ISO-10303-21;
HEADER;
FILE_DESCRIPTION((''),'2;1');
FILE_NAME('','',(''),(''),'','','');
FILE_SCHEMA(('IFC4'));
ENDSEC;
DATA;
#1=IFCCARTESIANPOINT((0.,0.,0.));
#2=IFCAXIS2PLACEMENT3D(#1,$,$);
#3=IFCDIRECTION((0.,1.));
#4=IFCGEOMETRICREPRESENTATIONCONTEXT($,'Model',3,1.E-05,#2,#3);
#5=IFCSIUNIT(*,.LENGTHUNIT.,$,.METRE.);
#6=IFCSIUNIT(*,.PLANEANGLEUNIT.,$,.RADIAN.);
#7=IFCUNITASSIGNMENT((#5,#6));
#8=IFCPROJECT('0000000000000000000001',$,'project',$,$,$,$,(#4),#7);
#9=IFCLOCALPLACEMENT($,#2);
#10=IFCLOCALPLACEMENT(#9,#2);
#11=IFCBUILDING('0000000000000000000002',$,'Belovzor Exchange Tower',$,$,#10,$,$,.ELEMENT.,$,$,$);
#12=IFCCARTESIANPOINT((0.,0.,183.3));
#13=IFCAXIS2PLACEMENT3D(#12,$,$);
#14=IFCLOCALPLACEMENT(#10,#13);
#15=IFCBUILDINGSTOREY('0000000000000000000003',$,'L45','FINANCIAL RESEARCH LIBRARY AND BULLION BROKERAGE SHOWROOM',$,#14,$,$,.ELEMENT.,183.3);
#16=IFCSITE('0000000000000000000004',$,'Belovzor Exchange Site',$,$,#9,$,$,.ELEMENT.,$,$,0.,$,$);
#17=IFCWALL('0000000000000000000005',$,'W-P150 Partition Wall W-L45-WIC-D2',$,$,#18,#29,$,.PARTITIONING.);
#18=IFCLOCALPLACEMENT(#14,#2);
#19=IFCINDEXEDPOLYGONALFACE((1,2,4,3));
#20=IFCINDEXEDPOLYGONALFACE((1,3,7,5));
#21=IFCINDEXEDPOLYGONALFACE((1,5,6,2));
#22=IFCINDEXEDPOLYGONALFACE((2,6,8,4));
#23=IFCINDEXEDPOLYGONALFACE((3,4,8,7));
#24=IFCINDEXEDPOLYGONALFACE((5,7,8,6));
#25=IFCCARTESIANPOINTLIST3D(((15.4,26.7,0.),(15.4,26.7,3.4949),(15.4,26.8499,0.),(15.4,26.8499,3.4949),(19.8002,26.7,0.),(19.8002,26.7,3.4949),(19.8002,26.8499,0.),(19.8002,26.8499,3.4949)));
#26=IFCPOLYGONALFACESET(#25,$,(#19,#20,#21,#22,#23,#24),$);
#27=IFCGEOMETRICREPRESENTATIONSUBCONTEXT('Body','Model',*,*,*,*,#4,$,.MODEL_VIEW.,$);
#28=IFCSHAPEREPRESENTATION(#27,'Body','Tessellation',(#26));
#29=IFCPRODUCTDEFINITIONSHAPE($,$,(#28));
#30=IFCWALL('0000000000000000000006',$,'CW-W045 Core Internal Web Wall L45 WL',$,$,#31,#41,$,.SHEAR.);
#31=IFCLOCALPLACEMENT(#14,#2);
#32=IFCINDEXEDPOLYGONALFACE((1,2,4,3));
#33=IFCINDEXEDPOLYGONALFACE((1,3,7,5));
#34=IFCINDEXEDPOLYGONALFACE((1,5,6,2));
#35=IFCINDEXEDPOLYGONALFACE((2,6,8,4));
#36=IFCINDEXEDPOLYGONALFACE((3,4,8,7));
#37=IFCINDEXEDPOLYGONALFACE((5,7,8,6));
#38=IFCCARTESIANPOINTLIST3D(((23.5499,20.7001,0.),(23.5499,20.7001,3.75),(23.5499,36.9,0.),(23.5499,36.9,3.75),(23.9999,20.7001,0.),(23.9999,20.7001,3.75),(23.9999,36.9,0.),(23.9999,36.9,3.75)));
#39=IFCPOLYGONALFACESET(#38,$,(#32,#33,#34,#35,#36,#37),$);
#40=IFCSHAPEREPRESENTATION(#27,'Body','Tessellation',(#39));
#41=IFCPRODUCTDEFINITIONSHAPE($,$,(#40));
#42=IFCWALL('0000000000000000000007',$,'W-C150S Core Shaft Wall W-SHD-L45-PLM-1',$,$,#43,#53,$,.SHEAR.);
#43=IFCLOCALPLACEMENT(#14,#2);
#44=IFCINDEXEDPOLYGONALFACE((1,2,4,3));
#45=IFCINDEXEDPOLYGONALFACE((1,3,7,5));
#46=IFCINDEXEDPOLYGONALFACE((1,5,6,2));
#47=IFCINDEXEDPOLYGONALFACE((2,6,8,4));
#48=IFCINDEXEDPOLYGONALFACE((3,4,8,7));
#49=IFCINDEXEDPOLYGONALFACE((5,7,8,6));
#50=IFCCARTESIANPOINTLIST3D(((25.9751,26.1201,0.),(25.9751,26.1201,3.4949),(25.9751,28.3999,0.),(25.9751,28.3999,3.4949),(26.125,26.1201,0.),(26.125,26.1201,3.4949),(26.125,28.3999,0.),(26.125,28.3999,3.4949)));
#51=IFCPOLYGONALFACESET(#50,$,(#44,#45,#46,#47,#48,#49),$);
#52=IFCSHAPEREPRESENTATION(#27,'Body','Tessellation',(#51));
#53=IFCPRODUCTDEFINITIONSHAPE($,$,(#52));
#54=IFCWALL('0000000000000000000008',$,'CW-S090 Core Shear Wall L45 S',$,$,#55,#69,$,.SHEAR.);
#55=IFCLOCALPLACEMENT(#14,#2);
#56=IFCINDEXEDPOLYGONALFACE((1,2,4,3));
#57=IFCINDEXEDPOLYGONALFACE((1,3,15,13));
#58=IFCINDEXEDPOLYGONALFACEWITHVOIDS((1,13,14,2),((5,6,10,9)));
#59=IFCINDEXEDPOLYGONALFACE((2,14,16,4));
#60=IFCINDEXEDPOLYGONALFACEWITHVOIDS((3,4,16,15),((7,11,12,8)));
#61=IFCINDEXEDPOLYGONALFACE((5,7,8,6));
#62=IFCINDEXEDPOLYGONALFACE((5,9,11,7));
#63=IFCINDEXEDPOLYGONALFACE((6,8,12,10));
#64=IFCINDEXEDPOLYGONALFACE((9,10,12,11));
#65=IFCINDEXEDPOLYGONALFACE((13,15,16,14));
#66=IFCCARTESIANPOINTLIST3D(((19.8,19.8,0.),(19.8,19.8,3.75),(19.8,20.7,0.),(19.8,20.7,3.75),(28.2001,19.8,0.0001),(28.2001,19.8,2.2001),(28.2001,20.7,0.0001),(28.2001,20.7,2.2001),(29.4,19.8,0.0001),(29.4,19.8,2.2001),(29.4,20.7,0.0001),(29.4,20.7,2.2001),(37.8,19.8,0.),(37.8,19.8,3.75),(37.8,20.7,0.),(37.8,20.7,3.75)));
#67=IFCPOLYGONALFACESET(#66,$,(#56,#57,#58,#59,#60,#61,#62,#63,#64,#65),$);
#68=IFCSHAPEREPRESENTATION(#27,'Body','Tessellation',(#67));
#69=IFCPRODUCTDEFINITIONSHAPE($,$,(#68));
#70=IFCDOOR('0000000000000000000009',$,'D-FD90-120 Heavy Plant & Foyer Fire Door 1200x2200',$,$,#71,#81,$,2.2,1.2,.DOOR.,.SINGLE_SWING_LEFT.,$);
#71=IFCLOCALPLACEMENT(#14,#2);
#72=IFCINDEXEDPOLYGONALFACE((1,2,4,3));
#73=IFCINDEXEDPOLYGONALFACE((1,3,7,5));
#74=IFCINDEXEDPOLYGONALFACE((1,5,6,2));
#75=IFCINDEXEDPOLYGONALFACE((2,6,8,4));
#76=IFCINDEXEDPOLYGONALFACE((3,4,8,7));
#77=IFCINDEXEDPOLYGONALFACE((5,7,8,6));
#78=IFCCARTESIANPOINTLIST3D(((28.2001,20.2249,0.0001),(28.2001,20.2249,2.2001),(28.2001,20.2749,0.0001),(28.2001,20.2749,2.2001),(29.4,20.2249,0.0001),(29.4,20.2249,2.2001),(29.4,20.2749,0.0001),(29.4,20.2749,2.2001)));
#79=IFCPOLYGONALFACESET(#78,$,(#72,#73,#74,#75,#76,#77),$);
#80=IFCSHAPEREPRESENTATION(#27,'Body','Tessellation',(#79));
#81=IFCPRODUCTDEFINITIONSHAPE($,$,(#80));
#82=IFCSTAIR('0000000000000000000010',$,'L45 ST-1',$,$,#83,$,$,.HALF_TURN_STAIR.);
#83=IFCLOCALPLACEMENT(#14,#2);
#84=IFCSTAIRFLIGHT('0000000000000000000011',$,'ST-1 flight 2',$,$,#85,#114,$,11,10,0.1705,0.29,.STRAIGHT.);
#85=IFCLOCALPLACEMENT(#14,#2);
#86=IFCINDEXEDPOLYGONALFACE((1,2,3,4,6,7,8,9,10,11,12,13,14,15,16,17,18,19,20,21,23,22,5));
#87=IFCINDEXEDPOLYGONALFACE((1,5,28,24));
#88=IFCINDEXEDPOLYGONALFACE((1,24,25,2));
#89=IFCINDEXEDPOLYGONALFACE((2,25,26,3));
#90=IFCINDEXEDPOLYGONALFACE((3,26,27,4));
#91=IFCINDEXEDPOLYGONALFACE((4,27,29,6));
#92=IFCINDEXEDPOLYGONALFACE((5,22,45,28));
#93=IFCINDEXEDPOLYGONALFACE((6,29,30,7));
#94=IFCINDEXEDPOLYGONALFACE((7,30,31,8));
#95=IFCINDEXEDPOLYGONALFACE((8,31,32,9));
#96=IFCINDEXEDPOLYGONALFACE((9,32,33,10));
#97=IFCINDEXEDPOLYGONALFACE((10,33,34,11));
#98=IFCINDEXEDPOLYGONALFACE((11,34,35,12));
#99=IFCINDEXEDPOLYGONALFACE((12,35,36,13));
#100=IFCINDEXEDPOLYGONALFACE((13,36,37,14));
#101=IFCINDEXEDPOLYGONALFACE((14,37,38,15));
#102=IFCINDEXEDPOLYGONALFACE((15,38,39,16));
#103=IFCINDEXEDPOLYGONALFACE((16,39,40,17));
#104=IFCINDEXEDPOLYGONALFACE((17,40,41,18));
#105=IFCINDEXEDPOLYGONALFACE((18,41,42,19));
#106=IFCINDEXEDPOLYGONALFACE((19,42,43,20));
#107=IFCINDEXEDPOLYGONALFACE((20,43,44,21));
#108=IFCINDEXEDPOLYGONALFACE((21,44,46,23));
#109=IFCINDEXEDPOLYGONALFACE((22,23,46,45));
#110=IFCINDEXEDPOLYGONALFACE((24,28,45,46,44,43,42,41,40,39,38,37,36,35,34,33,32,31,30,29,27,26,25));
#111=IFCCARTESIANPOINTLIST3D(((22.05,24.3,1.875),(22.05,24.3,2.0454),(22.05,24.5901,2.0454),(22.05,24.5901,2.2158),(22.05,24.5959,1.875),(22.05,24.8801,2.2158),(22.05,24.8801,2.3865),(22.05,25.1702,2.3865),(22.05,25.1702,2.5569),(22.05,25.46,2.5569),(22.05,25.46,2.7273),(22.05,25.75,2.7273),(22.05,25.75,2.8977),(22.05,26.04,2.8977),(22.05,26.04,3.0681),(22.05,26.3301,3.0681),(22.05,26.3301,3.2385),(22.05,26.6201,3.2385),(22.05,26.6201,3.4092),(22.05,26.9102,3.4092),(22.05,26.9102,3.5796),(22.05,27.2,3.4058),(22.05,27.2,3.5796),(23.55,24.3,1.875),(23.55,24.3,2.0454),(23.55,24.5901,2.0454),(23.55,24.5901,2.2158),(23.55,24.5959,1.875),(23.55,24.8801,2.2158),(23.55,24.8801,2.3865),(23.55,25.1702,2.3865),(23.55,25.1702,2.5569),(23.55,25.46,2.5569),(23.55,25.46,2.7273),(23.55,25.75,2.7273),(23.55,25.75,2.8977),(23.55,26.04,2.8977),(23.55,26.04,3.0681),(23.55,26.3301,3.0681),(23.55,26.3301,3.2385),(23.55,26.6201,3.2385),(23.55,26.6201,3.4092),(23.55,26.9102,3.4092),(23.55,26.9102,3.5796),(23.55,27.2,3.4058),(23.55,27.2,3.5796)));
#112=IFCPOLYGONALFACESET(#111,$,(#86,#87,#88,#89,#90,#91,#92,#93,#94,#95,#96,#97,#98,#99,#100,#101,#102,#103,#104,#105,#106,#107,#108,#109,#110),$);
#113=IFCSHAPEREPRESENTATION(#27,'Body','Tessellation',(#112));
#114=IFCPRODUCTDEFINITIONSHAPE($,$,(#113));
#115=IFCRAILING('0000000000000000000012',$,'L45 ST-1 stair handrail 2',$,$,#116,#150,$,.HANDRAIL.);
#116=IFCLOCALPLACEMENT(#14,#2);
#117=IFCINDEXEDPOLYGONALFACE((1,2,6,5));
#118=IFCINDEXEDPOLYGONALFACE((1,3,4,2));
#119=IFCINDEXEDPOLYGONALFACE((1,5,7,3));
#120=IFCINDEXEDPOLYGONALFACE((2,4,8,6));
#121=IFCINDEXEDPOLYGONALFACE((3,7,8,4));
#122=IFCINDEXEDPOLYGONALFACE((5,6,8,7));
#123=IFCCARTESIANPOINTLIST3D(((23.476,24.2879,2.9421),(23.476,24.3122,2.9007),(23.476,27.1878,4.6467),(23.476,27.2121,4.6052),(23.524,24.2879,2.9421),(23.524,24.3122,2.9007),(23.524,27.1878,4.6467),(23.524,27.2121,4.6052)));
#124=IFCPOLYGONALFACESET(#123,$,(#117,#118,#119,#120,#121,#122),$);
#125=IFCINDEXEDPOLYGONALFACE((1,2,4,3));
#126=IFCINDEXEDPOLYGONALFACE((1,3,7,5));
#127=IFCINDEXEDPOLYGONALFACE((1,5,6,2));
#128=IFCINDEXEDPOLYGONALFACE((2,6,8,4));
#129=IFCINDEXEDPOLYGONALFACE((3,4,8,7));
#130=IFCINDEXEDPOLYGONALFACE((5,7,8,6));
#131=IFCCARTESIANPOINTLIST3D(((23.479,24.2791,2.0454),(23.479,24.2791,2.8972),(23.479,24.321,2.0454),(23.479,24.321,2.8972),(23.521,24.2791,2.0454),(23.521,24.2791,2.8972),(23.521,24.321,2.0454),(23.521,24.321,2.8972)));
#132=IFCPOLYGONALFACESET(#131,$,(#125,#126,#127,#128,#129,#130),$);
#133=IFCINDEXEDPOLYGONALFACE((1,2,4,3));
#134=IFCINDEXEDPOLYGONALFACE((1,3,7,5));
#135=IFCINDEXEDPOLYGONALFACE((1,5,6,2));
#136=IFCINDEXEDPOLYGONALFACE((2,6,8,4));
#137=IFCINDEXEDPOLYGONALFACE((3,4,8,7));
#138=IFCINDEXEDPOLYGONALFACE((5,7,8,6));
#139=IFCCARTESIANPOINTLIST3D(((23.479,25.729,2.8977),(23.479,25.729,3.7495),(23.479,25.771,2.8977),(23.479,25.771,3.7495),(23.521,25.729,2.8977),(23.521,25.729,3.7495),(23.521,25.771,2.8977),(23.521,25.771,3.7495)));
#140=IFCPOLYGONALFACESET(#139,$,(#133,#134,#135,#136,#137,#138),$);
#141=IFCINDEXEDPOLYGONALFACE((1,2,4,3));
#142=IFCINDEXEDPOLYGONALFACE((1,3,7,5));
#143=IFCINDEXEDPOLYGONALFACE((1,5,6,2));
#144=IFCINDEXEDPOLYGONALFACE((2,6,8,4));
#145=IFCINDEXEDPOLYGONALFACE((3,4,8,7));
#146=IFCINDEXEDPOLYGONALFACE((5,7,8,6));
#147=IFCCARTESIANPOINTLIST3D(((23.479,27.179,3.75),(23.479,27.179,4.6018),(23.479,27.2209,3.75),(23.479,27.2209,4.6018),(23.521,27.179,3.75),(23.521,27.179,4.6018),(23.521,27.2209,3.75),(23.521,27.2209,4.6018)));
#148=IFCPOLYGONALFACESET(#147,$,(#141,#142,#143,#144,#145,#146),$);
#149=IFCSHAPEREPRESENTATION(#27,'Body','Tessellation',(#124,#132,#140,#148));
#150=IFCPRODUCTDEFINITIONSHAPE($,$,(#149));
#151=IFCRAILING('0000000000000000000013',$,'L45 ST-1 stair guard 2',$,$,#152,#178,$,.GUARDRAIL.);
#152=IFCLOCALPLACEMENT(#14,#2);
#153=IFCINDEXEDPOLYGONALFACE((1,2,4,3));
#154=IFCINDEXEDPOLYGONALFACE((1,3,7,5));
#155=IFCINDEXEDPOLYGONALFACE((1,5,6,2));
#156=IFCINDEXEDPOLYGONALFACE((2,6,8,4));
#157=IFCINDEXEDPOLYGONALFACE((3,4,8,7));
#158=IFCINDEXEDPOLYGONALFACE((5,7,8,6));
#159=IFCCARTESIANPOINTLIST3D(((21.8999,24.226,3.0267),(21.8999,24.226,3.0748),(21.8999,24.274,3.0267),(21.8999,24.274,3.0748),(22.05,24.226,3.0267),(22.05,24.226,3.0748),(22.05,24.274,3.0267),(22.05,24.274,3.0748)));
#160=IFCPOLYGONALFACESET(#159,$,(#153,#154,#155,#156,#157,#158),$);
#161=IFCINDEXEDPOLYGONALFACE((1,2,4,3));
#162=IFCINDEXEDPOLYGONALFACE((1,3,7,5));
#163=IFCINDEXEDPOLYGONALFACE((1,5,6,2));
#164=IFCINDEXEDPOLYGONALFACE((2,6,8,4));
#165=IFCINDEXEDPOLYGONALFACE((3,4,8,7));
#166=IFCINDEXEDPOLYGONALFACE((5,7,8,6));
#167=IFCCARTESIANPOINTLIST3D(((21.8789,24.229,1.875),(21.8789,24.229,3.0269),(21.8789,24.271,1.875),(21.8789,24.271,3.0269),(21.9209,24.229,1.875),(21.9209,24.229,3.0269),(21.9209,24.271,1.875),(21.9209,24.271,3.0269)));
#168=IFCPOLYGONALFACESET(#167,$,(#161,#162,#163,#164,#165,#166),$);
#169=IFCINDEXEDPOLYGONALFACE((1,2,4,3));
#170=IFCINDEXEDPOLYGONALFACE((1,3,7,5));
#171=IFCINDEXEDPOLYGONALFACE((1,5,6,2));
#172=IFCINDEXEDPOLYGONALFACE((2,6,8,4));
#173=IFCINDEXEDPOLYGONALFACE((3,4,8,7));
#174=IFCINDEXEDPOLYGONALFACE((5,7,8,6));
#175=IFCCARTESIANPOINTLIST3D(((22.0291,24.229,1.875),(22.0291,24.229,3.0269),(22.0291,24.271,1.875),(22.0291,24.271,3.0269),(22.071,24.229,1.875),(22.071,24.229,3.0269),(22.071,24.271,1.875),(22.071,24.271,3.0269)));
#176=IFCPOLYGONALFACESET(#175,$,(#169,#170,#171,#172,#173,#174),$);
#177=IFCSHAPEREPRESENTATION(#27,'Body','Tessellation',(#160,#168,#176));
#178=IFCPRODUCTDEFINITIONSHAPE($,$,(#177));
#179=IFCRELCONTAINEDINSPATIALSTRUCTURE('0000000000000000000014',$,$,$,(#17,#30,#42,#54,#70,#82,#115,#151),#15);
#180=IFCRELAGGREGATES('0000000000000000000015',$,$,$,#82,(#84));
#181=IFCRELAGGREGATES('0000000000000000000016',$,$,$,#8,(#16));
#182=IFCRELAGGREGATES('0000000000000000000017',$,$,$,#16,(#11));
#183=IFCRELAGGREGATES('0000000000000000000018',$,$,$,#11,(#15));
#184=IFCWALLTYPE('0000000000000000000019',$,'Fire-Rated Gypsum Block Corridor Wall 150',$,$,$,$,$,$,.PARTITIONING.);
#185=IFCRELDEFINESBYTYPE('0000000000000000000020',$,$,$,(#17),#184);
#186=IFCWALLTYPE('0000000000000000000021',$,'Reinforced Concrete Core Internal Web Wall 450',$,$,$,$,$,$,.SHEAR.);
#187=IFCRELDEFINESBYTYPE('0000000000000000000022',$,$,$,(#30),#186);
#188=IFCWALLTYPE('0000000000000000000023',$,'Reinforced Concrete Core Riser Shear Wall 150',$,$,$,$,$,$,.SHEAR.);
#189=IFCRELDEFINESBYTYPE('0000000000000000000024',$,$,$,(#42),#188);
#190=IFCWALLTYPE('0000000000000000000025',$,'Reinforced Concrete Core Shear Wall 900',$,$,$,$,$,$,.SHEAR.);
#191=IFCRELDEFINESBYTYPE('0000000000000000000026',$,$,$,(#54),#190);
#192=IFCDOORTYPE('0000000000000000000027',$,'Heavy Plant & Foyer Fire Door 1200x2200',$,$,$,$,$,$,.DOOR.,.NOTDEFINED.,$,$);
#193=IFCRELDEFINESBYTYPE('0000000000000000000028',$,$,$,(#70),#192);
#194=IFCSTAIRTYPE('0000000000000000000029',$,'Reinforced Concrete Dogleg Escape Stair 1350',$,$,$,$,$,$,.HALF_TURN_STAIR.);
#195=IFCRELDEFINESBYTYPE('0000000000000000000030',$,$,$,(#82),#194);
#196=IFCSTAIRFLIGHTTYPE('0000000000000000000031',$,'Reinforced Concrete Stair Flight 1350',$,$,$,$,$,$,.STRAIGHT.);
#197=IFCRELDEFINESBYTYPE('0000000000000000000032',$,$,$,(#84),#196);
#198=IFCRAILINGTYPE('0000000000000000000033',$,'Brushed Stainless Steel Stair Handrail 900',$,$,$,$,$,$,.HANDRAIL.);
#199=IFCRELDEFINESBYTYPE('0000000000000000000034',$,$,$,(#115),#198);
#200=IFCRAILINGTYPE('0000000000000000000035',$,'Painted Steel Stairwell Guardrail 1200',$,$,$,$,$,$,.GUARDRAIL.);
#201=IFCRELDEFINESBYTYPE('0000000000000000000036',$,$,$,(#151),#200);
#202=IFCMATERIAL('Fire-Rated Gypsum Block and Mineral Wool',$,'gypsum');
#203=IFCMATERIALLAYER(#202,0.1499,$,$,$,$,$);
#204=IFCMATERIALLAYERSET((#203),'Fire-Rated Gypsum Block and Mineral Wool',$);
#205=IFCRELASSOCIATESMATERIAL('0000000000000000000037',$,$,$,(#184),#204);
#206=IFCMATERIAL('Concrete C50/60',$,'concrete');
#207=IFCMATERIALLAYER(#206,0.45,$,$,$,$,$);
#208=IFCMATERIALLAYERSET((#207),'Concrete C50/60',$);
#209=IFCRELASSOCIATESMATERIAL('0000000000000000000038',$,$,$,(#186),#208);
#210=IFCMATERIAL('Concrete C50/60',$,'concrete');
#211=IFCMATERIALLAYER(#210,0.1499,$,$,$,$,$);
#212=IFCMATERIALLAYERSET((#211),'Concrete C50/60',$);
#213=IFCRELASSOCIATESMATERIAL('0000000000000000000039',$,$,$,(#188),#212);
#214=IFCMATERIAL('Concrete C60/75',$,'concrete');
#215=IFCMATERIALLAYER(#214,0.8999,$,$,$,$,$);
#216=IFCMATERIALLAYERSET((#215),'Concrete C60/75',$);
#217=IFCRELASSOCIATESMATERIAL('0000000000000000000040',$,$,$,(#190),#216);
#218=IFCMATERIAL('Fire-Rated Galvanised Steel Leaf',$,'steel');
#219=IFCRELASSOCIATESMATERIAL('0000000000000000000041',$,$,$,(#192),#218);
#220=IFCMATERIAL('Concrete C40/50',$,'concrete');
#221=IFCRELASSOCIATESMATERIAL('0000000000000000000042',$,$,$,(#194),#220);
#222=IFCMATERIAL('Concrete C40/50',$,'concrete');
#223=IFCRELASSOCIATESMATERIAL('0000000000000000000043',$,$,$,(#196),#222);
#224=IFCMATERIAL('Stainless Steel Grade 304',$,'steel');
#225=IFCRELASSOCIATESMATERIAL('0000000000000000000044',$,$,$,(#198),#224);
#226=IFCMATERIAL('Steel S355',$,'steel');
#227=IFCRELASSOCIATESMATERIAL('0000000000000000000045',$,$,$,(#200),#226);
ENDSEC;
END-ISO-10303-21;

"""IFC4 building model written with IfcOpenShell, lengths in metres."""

from ifc_helpers import new_model, si_unit, direction, frame, frame_2d, origin, origin_2d, place, context, subcontext, project, spatial, polyline, rectangle, outline, extrude, material, layer, layer_set, type_object, element, fill, aggregate, save


model = new_model("IFC4")

# Units and contexts
model_context = context("Model", 3, precision=1e-05, world=origin(), true_north=direction((0.0, 1.0)))
body_context = subcontext(model_context, "Body", "Model", "MODEL_VIEW")
ifc_project = project(units=[si_unit("LENGTHUNIT", "METRE"), si_unit("PLANEANGLEUNIT", "RADIAN")], contexts=[model_context])

# Site, building, storey
site_placement = place(None, origin())
site = spatial("IfcSite", under=ifc_project, at=site_placement, Name="Belovzor Exchange Site", CompositionType="ELEMENT", RefElevation=0.0)
building_placement = place(site_placement, origin())
building = spatial("IfcBuilding", under=site, at=building_placement, Name="Belovzor Exchange Tower", CompositionType="ELEMENT")
storey_placement = place(building_placement, frame((0.0, 0.0, 183.3)))
storey = spatial("IfcBuildingStorey", under=building, at=storey_placement, Name="L45", Description="FINANCIAL RESEARCH LIBRARY AND BULLION BROKERAGE SHOWROOM", CompositionType="ELEMENT", Elevation=183.3)

# Walls
ifc_material_1 = material(Name="Fire-Rated Gypsum Block and Mineral Wool", Category="gypsum")
ifc_layer_1 = layer(ifc_material_1, 0.1499)
ifc_layer_set_1 = layer_set([ifc_layer_1], Name="Fire-Rated Gypsum Block and Mineral Wool")
wall_type_1 = type_object("IfcWallType", Name="Fire-Rated Gypsum Block Corridor Wall 150", PredefinedType="PARTITIONING", material=ifc_layer_set_1)
for number, where, z_axis, x_axis, name in (
    (1, (15.3999, 26.7749, 0.0), (0.0, 0.0, 1.0), (1.0, 0.0, 0.0), "W-P150 Partition Wall W-L45-WIC-D2"),
):
    element("IfcWall", number, at=place(storey_placement, frame(where, z_axis=z_axis, x_axis=x_axis)), inside=storey, type_object=wall_type_1, Name=name, PredefinedType="PARTITIONING", context=body_context, shape_type="SweptSolid", body=[
        extrude(rectangle(XDim=4.4001, YDim=0.1499, at=frame_2d((2.2002, 0.0))), origin(), (0.0, 0.0, 1.0), 3.4949),
    ])
ifc_material_2 = material(Name="Concrete C50/60", Category="concrete")
ifc_layer_2 = layer(ifc_material_2, 0.45)
ifc_layer_set_2 = layer_set([ifc_layer_2], Name="Concrete C50/60")
wall_type_2 = type_object("IfcWallType", Name="Reinforced Concrete Core Internal Web Wall 450", PredefinedType="SHEAR", material=ifc_layer_set_2)
wall_1_placement = place(storey_placement, frame((23.7749, 20.7, 0.0), z_axis=(0.0, 0.0, 1.0), x_axis=(0.0, 1.0, 0.0)))
element("IfcWall", 2, at=wall_1_placement, inside=storey, type_object=wall_type_2, Name="CW-W045 Core Internal Web Wall L45 WL", PredefinedType="SHEAR", context=body_context, shape_type="SweptSolid", body=[
    extrude(rectangle(XDim=16.2, YDim=0.45, at=frame_2d((8.1001, 0.0))), origin(), (0.0, 0.0, 1.0), 3.75),
])
ifc_material_3 = material(Name="Concrete C50/60", Category="concrete")
ifc_layer_3 = layer(ifc_material_3, 0.1499)
ifc_layer_set_3 = layer_set([ifc_layer_3], Name="Concrete C50/60")
wall_type_3 = type_object("IfcWallType", Name="Reinforced Concrete Core Riser Shear Wall 150", PredefinedType="SHEAR", material=ifc_layer_set_3)
wall_2_placement = place(storey_placement, frame((26.05, 26.1201, 0.0), z_axis=(0.0, 0.0, 1.0), x_axis=(0.0, 1.0, 0.0)))
element("IfcWall", 3, at=wall_2_placement, inside=storey, type_object=wall_type_3, Name="W-C150S Core Shaft Wall W-SHD-L45-PLM-1", PredefinedType="SHEAR", context=body_context, shape_type="SweptSolid", body=[
    extrude(rectangle(XDim=2.2798, YDim=0.1499, at=frame_2d((1.1399, 0.0))), origin(), (0.0, 0.0, 1.0), 3.4949),
])

# Wall, opening, door
ifc_material_4 = material(Name="Concrete C60/75", Category="concrete")
ifc_layer_4 = layer(ifc_material_4, 0.8999)
ifc_layer_set_4 = layer_set([ifc_layer_4], Name="Concrete C60/75")
wall_type_4 = type_object("IfcWallType", Name="Reinforced Concrete Core Shear Wall 900", PredefinedType="SHEAR", material=ifc_layer_set_4)
wall_3_placement = place(storey_placement, frame((19.8, 20.25, 0.0), z_axis=(0.0, 0.0, 1.0), x_axis=(1.0, 0.0, 0.0)))
wall_3 = element("IfcWall", 4, at=wall_3_placement, inside=storey, type_object=wall_type_4, Name="CW-S090 Core Shear Wall L45 S", PredefinedType="SHEAR", context=body_context, shape_type="SweptSolid", body=[
    extrude(rectangle(XDim=18.0, YDim=0.8999, at=frame_2d((9.0, 0.0))), origin(), (0.0, 0.0, 1.0), 3.75),
])
opening_1_placement = place(wall_3_placement, frame((8.3999, 0.0, 0.0)))
opening_1 = element("IfcOpeningElement", 5, at=opening_1_placement, cuts=wall_3, PredefinedType="OPENING", context=body_context, shape_type="SweptSolid", body=[
    extrude(rectangle(XDim=1.2, YDim=2.2, at=frame_2d((0.6001, 1.1001))), frame((0.0, 0.46, 0.0), z_axis=(0.0, -1.0, 0.0), x_axis=(1.0, 0.0, 0.0)), (0.0, 0.0, 1.0), 0.9199),
])
ifc_material_5 = material(Name="Fire-Rated Galvanised Steel Leaf", Category="steel")
door_type_1 = type_object("IfcDoorType", Name="Heavy Plant & Foyer Fire Door 1200x2200", OperationType="NOTDEFINED", PredefinedType="DOOR", material=ifc_material_5)
door_1_placement = place(opening_1_placement, origin())
door_1 = element("IfcDoor", 6, at=door_1_placement, inside=storey, type_object=door_type_1, Name="D-FD90-120 Heavy Plant & Foyer Fire Door 1200x2200", OperationType="SINGLE_SWING_LEFT", OverallHeight=2.2, OverallWidth=1.2, PredefinedType="DOOR", context=body_context, shape_type="SweptSolid", body=[
    extrude(rectangle(XDim=1.2, YDim=2.2, at=frame_2d((0.6001, 1.1001))), frame((0.0, 0.0249, 0.0), z_axis=(0.0, -1.0, 0.0), x_axis=(1.0, 0.0, 0.0)), (0.0, 0.0, 1.0), 0.05),
])
fill(opening_1, door_1)

# Stair, stair flight
ifc_material_6 = material(Name="Concrete C40/50", Category="concrete")
stair_type = type_object("IfcStairType", Name="Reinforced Concrete Dogleg Escape Stair 1350", PredefinedType="HALF_TURN_STAIR", material=ifc_material_6)
stair_placement = place(storey_placement, origin())
stair = element("IfcStair", 7, at=stair_placement, inside=storey, type_object=stair_type, Name="L45 ST-1", PredefinedType="HALF_TURN_STAIR")
ifc_material_7 = material(Name="Concrete C40/50", Category="concrete")
stair_flight_type = type_object("IfcStairFlightType", Name="Reinforced Concrete Stair Flight 1350", PredefinedType="STRAIGHT", material=ifc_material_7)
stair_flight_placement = place(storey_placement, frame((22.8, 24.3, 1.875), z_axis=(0.0, 0.0, 1.0), x_axis=(0.0, 1.0, 0.0)))
stair_flight = element("IfcStairFlight", 8, at=stair_flight_placement, type_object=stair_flight_type, Name="ST-1 flight 2", NumberOfRisers=11, NumberOfTreads=10, PredefinedType="STRAIGHT", RiserHeight=0.1705, TreadLength=0.29, context=body_context, shape_type="SweptSolid", body=[
    extrude(outline(polyline([(0.0, 0.0), (0.0, 0.1704), (0.29, 0.1704), (0.29, 0.3408), (0.5801, 0.3408), (0.5801, 0.5115), (0.8701, 0.5115), (0.8701, 0.6819), (1.1599, 0.6819), (1.1599, 0.8523), (1.45, 0.8523), (1.45, 1.0227), (1.74, 1.0227), (1.74, 1.1931), (2.03, 1.1931), (2.03, 1.3635), (2.3201, 1.3635), (2.3201, 1.5342), (2.6101, 1.5342), (2.6101, 1.7046), (2.8999, 1.7046), (2.8999, 1.875), (2.8999, 1.5308), (0.2959, 0.0), (0.0, 0.0)])), frame((0.0, 0.75, 0.0), z_axis=(0.0, -1.0, 0.0), x_axis=(1.0, 0.0, 0.0)), (0.0, 0.0, 1.0), 1.5),
])
aggregate(stair, [stair_flight])

# Railings
ifc_material_8 = material(Name="Stainless Steel Grade 304", Category="steel")
railing_type_1 = type_object("IfcRailingType", Name="Brushed Stainless Steel Stair Handrail 900", PredefinedType="HANDRAIL", material=ifc_material_8)
railing_1_placement = place(storey_placement, frame((23.5, 24.3, 2.0454)))
element("IfcRailing", 9, at=railing_1_placement, inside=storey, type_object=railing_type_1, Name="L45 ST-1 stair handrail 2", PredefinedType="HANDRAIL", context=body_context, shape_type="SweptSolid", body=[
    extrude(rectangle(XDim=0.0481, YDim=0.0481, at=origin_2d()), frame((0.0, 0.0, 0.876), z_axis=(0.0, 0.862095, 0.506747), x_axis=(-1.0, 0.0, 0.0)), (0.0, 0.0, 1.0), 3.3638),
    extrude(rectangle(XDim=0.042, YDim=0.042, at=origin_2d()), origin(), (0.0, 0.0, 1.0), 0.8518),
    extrude(rectangle(XDim=0.042, YDim=0.042, at=origin_2d()), frame((0.0, 1.45, 0.8523)), (0.0, 0.0, 1.0), 0.8518),
    extrude(rectangle(XDim=0.042, YDim=0.042, at=origin_2d()), frame((0.0, 2.8999, 1.7046)), (0.0, 0.0, 1.0), 0.8518),
])
ifc_material_9 = material(Name="Steel S355", Category="steel")
railing_type_2 = type_object("IfcRailingType", Name="Painted Steel Stairwell Guardrail 1200", PredefinedType="GUARDRAIL", material=ifc_material_9)
railing_2_placement = place(storey_placement, frame((21.8999, 24.25, 1.875)))
element("IfcRailing", 10, at=railing_2_placement, inside=storey, type_object=railing_type_2, Name="L45 ST-1 stair guard 2", PredefinedType="GUARDRAIL", context=body_context, shape_type="SweptSolid", body=[
    extrude(rectangle(XDim=0.0481, YDim=0.0481, at=origin_2d()), frame((0.0, 0.0, 1.1758), z_axis=(1.0, 0.0, 0.0), x_axis=(0.0, 1.0, 0.0)), (0.0, 0.0, 1.0), 0.1501),
    extrude(rectangle(XDim=0.042, YDim=0.042, at=origin_2d()), origin(), (0.0, 0.0, 1.0), 1.1519),
    extrude(rectangle(XDim=0.042, YDim=0.042, at=origin_2d()), frame((0.1501, 0.0, 0.0)), (0.0, 0.0, 1.0), 1.1519),
])

save(model, "model.ifc")
